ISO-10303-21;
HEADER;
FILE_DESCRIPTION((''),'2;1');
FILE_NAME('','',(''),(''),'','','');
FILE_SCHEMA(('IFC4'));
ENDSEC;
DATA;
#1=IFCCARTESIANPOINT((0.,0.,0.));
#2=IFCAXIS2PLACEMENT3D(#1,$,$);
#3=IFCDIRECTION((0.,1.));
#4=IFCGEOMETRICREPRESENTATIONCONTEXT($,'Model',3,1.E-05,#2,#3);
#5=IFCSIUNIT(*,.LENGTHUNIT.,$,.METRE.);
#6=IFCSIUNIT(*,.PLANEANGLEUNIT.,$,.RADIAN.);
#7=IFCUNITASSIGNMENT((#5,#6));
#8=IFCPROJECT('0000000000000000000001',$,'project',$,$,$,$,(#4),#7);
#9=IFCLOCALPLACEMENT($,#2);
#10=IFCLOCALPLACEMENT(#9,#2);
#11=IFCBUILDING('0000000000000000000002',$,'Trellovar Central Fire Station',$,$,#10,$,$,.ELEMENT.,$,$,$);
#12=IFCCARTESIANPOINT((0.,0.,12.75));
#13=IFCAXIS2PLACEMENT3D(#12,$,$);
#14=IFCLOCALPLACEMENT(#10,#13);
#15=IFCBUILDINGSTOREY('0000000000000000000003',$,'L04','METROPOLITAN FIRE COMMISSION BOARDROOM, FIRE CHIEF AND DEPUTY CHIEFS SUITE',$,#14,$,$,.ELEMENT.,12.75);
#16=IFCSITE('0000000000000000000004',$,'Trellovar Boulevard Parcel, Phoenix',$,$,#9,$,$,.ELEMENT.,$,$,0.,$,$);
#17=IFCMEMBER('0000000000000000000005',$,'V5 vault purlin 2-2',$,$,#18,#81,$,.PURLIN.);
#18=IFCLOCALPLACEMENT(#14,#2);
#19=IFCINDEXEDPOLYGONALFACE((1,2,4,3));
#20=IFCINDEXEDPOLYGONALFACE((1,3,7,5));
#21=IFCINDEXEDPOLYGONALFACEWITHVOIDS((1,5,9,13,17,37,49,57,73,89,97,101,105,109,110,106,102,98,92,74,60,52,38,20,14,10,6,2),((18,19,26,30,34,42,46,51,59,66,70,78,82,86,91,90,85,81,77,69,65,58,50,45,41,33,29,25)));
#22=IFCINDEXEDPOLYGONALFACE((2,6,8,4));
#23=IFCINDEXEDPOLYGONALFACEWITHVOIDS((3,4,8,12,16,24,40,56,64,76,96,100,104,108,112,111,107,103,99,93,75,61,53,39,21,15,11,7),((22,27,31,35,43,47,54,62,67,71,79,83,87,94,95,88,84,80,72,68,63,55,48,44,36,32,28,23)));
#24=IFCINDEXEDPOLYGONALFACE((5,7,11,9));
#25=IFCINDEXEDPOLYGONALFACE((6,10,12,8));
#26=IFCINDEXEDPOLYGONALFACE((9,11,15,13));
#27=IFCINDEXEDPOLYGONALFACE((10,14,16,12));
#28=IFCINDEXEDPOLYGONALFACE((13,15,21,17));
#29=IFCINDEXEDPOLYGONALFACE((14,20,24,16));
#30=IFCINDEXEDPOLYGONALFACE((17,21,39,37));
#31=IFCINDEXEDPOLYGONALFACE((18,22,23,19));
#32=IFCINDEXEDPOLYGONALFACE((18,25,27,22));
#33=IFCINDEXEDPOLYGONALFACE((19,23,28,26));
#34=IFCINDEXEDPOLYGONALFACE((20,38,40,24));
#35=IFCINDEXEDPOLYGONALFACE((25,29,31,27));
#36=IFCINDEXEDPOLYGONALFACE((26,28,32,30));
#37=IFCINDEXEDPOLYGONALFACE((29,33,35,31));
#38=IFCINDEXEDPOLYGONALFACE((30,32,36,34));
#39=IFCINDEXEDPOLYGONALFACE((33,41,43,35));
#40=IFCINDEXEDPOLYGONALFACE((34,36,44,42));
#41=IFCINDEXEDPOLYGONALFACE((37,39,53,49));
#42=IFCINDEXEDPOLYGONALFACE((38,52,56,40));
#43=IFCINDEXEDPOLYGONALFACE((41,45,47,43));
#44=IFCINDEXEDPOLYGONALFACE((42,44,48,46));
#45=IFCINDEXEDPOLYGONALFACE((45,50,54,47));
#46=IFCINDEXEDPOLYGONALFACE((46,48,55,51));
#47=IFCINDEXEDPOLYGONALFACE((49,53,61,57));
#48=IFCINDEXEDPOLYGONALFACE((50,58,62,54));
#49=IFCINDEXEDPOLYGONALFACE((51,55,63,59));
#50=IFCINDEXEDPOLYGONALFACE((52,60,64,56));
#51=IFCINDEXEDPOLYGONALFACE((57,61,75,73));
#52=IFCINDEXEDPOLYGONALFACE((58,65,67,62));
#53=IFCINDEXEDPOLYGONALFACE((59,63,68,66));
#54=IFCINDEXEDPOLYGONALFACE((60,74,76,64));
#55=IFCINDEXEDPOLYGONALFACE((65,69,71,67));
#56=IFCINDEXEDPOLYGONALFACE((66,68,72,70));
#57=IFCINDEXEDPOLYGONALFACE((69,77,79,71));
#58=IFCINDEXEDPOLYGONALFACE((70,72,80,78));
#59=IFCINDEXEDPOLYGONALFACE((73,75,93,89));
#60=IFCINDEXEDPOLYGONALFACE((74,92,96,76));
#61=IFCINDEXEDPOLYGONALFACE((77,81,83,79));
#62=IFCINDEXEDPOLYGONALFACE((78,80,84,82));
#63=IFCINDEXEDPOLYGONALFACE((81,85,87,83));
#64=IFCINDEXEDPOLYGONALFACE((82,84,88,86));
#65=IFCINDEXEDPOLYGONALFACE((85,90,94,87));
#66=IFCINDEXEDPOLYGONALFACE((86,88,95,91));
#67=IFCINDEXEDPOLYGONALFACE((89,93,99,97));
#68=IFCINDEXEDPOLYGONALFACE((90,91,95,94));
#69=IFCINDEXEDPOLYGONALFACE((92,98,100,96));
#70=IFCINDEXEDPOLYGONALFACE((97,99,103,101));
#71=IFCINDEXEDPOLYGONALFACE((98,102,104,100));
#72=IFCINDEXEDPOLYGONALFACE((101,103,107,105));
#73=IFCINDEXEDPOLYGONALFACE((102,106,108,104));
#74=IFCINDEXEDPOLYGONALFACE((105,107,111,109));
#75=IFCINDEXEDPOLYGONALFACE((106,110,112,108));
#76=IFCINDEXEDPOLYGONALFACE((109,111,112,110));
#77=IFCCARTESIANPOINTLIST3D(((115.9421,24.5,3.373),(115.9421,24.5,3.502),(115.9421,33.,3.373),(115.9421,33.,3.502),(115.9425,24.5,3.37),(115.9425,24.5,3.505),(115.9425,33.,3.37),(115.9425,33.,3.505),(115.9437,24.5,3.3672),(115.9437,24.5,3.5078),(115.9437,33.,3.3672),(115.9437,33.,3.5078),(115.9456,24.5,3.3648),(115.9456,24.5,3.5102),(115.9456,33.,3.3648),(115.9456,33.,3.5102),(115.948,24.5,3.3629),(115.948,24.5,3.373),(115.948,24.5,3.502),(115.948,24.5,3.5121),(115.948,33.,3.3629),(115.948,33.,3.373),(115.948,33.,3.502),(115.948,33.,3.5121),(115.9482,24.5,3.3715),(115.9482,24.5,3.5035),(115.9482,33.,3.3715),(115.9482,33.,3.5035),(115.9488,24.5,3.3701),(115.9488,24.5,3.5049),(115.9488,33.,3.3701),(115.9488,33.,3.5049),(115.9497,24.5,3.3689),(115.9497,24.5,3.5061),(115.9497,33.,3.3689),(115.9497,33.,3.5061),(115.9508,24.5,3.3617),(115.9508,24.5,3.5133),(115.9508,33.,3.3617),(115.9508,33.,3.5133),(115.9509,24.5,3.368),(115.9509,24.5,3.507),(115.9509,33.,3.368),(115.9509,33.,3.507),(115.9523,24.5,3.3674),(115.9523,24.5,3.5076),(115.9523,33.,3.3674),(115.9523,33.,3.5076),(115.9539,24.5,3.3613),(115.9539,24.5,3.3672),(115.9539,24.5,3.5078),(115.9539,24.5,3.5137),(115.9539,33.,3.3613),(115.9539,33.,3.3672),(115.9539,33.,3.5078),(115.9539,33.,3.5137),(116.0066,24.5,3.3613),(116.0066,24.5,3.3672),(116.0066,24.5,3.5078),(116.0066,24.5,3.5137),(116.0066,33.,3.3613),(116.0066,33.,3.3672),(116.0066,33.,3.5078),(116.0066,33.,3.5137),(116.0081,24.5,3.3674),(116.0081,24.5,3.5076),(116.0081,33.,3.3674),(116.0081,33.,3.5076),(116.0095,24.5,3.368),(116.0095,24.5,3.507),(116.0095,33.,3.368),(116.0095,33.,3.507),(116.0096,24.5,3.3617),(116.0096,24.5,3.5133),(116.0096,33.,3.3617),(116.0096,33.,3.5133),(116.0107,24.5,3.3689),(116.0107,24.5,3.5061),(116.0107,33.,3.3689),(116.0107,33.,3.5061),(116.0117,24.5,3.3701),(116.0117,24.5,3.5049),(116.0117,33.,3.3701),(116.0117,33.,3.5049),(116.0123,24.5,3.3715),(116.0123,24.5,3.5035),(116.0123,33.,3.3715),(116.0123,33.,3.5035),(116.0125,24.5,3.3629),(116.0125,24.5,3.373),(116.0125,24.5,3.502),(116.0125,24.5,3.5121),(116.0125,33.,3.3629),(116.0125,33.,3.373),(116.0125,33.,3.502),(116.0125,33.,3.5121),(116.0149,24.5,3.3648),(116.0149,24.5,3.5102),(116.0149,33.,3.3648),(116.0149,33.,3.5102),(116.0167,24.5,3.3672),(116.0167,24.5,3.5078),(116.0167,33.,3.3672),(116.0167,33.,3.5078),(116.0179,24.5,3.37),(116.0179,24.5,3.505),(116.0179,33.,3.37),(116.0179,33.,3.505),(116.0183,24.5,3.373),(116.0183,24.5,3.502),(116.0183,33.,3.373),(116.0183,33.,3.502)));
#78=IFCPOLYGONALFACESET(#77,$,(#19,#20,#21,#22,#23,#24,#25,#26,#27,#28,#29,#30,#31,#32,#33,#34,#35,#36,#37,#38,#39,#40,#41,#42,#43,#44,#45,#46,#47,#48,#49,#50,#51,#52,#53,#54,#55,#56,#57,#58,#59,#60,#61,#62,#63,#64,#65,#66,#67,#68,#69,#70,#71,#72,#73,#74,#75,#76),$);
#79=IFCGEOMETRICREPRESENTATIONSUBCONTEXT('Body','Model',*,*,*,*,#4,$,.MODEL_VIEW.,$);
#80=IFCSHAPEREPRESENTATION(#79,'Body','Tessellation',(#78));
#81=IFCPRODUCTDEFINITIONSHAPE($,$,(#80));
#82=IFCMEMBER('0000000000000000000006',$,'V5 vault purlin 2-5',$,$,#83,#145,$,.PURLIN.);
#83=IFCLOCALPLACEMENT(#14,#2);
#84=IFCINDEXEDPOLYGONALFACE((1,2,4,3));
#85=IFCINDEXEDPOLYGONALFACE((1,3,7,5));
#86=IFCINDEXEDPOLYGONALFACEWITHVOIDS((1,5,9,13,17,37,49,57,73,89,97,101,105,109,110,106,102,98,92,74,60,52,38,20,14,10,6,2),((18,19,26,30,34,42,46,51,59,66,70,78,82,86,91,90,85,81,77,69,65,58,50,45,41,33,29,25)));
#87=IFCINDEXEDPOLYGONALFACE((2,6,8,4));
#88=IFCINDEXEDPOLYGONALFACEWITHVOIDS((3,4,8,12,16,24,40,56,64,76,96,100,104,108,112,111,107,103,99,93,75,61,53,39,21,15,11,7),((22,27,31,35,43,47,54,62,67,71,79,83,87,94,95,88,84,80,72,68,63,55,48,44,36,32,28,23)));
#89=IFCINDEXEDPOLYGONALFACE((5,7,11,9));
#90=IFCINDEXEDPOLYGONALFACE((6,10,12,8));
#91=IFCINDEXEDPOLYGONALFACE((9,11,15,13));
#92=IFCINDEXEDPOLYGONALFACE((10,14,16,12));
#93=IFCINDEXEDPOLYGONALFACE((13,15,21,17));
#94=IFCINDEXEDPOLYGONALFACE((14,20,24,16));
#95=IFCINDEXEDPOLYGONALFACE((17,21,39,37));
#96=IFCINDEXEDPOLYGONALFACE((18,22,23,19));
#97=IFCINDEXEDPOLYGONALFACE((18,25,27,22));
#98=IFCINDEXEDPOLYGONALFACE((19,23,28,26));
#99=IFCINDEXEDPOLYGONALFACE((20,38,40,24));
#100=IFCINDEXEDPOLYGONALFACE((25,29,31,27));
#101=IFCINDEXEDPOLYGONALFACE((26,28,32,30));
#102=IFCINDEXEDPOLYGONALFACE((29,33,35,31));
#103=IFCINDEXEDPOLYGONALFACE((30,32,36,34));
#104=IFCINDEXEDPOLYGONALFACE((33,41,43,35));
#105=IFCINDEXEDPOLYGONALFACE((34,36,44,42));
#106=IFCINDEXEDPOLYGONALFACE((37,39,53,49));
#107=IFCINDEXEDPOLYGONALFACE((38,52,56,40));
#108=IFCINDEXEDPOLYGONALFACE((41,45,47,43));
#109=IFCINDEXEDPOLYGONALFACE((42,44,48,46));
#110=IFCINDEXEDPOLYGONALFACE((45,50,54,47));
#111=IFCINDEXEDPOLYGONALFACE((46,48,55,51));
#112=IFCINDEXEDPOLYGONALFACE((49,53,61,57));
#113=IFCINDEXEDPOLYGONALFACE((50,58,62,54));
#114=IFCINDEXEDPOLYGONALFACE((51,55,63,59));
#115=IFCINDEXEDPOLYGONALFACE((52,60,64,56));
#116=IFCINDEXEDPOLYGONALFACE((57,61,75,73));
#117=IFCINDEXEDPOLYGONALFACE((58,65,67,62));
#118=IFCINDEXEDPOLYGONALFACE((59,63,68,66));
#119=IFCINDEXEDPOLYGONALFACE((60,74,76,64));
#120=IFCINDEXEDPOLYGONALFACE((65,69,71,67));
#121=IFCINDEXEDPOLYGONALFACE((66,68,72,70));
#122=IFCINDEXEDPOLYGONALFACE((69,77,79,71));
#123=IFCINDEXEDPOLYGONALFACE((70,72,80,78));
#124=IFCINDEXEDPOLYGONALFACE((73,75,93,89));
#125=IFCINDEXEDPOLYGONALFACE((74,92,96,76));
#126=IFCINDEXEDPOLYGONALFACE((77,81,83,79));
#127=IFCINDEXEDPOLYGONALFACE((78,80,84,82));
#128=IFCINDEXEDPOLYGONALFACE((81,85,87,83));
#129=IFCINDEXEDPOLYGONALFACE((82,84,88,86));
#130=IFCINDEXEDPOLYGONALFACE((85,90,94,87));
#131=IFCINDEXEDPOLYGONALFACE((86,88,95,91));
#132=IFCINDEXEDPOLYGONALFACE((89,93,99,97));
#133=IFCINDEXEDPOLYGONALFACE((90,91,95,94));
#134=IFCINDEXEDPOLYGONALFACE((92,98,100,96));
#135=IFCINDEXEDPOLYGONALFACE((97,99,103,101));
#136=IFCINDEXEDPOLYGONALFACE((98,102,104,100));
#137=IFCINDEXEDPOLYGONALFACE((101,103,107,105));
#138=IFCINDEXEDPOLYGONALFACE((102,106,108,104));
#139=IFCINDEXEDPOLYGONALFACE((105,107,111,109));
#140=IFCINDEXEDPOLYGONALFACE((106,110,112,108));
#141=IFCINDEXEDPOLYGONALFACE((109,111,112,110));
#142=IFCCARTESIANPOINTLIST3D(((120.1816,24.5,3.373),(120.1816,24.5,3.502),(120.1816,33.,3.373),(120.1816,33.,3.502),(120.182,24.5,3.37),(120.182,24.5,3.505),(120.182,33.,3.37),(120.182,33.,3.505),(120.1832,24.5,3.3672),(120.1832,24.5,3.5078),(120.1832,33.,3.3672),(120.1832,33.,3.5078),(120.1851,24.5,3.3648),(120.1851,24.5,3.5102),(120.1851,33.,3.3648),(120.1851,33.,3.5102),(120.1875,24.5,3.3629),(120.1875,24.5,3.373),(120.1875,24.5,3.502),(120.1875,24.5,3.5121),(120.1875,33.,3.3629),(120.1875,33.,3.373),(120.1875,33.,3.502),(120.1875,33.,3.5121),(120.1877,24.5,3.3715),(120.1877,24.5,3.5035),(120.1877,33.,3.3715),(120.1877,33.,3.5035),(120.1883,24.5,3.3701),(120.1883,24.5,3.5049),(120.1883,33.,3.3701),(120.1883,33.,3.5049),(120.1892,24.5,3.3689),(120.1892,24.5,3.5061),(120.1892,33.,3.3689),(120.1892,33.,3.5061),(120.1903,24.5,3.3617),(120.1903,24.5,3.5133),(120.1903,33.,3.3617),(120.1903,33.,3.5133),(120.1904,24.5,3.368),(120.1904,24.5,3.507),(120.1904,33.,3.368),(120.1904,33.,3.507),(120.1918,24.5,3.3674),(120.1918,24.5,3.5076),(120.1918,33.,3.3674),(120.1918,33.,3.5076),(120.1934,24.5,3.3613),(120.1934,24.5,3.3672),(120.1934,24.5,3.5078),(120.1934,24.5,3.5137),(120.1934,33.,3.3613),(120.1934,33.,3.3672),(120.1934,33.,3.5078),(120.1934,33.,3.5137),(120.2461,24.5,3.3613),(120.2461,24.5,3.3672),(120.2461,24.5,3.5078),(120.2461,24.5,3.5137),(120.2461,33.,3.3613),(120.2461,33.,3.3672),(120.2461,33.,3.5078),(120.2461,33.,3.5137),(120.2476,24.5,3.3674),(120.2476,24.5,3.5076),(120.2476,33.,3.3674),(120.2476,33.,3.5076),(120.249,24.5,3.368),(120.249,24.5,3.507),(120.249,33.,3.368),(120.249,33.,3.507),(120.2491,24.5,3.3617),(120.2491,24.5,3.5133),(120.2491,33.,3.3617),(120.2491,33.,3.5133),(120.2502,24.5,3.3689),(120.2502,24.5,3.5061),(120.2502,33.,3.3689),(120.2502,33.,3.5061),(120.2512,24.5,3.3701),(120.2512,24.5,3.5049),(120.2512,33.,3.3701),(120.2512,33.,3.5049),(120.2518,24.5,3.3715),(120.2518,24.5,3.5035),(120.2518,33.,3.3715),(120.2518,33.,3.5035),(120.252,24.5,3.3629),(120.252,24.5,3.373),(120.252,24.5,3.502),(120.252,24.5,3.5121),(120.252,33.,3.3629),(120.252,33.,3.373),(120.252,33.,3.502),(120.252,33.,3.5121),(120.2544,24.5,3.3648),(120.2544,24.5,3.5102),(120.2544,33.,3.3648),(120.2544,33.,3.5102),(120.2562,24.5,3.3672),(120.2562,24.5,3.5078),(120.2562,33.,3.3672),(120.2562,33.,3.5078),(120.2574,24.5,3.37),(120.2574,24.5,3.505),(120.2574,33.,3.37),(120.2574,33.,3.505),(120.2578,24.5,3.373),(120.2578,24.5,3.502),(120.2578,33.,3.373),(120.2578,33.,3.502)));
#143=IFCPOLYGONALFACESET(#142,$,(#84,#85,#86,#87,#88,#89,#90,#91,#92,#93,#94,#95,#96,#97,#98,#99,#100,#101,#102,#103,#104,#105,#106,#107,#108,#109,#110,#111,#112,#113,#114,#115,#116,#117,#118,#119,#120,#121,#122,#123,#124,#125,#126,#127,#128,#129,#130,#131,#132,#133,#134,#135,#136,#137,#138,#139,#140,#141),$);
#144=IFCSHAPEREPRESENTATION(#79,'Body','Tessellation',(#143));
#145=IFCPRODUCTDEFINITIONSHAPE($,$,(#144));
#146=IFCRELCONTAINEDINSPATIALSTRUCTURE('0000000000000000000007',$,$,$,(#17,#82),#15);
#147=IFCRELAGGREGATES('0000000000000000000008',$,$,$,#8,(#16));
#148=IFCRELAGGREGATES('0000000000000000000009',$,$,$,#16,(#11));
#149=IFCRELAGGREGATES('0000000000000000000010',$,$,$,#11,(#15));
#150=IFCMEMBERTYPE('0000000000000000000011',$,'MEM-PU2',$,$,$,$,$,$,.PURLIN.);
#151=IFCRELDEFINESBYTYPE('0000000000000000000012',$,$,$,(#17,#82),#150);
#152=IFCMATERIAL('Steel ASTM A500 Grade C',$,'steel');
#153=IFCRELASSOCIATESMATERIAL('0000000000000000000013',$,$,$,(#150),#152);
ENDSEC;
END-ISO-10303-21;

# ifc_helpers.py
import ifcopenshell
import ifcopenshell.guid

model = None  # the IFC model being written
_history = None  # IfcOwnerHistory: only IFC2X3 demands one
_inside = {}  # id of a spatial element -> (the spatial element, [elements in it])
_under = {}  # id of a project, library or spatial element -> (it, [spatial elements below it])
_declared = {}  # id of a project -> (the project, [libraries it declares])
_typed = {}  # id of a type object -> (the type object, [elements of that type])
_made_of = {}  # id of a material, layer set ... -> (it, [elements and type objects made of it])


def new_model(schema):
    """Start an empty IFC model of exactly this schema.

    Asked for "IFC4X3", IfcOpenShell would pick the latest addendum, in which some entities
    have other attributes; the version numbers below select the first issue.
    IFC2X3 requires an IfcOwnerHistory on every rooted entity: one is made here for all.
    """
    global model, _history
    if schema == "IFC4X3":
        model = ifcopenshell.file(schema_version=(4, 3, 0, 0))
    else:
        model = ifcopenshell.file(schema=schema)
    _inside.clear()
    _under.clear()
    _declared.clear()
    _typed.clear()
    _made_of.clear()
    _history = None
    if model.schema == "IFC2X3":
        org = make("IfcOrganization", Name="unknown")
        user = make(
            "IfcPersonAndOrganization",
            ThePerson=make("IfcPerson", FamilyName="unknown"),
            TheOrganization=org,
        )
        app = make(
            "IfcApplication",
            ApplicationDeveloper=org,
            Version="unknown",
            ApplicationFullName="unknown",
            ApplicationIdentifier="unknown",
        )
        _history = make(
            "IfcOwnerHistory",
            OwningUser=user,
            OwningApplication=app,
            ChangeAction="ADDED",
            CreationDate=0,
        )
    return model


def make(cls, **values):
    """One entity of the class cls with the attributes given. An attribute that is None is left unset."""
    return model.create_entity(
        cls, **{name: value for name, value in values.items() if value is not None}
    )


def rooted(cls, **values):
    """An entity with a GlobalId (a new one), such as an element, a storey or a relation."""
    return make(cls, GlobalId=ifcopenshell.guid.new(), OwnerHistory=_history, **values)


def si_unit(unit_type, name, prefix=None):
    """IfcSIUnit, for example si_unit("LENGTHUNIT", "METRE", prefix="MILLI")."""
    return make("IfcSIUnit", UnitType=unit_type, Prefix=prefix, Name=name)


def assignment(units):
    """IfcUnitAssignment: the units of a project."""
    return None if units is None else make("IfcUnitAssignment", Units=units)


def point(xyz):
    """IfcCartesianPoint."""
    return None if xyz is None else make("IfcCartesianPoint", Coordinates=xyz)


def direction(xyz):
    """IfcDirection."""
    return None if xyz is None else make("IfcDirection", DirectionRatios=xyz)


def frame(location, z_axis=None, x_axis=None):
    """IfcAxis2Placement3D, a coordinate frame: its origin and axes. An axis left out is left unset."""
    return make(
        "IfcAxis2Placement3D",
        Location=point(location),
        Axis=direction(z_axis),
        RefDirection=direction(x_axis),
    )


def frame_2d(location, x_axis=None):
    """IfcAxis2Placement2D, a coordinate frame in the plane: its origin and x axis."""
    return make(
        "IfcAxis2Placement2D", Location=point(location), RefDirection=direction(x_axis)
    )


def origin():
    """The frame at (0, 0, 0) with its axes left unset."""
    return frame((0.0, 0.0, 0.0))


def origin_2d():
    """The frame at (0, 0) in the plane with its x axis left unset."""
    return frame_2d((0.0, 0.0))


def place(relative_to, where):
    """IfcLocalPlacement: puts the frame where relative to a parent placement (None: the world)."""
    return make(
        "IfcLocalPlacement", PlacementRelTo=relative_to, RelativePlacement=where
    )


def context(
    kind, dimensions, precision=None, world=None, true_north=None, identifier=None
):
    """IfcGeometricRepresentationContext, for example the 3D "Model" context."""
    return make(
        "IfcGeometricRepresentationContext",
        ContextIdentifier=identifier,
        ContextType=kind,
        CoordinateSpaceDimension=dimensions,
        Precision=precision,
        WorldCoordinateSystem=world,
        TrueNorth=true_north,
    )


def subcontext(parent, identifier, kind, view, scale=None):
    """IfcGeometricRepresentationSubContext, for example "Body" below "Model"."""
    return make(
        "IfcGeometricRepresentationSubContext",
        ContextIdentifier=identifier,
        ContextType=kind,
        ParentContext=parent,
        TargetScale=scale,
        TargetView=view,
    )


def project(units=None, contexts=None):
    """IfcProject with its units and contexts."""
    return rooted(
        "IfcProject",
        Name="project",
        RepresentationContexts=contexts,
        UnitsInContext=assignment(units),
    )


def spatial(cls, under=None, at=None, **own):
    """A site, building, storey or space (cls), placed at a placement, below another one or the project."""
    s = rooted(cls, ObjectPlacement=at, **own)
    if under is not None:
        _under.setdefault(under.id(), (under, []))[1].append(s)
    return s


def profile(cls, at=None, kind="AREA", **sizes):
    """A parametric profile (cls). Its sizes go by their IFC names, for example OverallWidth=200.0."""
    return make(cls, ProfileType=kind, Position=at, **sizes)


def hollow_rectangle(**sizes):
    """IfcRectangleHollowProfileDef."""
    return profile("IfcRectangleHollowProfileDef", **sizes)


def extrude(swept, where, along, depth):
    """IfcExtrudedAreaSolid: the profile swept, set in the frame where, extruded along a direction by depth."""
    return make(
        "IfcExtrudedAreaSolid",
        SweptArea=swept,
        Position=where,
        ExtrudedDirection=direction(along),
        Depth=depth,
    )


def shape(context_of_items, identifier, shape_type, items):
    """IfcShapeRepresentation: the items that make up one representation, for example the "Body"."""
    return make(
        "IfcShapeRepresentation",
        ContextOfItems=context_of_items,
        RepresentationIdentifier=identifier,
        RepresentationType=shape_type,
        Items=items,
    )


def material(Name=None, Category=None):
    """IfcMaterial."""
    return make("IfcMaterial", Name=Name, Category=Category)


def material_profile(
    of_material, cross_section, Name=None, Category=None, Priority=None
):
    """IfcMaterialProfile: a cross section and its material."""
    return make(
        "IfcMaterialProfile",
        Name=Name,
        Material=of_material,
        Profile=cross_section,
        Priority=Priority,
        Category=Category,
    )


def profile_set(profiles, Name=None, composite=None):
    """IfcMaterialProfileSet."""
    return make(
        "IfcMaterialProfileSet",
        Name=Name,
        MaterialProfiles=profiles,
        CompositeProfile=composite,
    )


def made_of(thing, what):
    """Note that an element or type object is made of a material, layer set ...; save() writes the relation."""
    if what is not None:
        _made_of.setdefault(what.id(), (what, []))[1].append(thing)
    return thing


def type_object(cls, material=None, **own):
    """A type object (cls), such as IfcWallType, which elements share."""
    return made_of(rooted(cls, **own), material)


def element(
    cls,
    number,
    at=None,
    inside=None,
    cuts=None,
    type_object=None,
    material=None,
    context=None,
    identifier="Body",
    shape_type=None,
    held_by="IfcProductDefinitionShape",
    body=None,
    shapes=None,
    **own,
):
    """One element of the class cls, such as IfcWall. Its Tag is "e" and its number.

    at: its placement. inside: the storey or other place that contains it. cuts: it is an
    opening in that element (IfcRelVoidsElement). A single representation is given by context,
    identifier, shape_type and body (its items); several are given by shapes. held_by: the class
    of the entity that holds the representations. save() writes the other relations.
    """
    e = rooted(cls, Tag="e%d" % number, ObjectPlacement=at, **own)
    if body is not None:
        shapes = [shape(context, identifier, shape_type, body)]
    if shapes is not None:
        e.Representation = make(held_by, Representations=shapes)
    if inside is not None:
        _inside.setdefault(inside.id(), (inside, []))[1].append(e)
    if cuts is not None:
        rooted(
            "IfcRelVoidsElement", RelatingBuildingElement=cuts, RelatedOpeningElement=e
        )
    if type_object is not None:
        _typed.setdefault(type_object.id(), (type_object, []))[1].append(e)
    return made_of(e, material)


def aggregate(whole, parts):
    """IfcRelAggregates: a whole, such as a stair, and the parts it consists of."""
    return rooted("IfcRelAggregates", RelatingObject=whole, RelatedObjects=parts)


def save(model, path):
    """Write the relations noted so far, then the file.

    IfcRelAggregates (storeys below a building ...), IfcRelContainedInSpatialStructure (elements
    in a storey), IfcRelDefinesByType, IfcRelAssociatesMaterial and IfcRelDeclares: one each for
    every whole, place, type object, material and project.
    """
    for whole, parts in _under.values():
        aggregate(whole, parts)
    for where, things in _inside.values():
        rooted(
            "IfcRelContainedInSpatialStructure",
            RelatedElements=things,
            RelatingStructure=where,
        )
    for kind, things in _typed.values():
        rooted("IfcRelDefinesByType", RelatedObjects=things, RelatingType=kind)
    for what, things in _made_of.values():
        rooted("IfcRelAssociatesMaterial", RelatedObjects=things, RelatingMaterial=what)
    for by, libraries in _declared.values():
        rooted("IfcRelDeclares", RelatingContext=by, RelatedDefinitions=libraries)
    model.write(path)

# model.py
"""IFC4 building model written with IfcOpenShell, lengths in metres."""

from ifc_helpers import new_model, si_unit, direction, frame, origin, origin_2d, place, context, subcontext, project, spatial, hollow_rectangle, extrude, material, material_profile, profile_set, type_object, element, save


model = new_model("IFC4")

# Units and contexts
model_context = context("Model", 3, precision=1e-05, world=origin(), true_north=direction((0.0, 1.0)))
body_context = subcontext(model_context, "Body", "Model", "MODEL_VIEW")
ifc_project = project(units=[si_unit("LENGTHUNIT", "METRE"), si_unit("PLANEANGLEUNIT", "RADIAN")], contexts=[model_context])

# Site, building, storey
site_placement = place(None, origin())
site = spatial("IfcSite", under=ifc_project, at=site_placement, Name="Trellovar Boulevard Parcel, Phoenix", CompositionType="ELEMENT", RefElevation=0.0)
building_placement = place(site_placement, origin())
building = spatial("IfcBuilding", under=site, at=building_placement, Name="Trellovar Central Fire Station", CompositionType="ELEMENT")
storey_placement = place(building_placement, frame((0.0, 0.0, 12.75)))
storey = spatial("IfcBuildingStorey", under=building, at=storey_placement, Name="L04", Description="METROPOLITAN FIRE COMMISSION BOARDROOM, FIRE CHIEF AND DEPUTY CHIEFS SUITE", CompositionType="ELEMENT", Elevation=12.75)

# Members
ifc_material_1 = material(Name="Steel ASTM A500 Grade C", Category="steel")
ifc_material_profile_1 = material_profile(ifc_material_1, hollow_rectangle(XDim=0.0762, YDim=0.1523, WallThickness=0.0059, InnerFilletRadius=0.0059, OuterFilletRadius=0.0117, at=origin_2d()), Name="HSS6X3X1/4")
ifc_profile_set_1 = profile_set([ifc_material_profile_1], Name="Steel ASTM A500 Grade C")
member_type_1 = type_object("IfcMemberType", Name="MEM-PU2", PredefinedType="PURLIN", material=ifc_profile_set_1)
for number, where, z_axis, x_axis, name in (
    (1, (115.9802, 24.5, 3.4375), (0.0, 1.0, 0.0), (-1.0, 0.0, 0.0), "V5 vault purlin 2-2"),
    (2, (120.2197, 24.5, 3.4375), (0.0, 1.0, 0.0), (-1.0, 0.0, 0.0), "V5 vault purlin 2-5"),
):
    element("IfcMember", number, at=place(storey_placement, frame(where, z_axis=z_axis, x_axis=x_axis)), inside=storey, type_object=member_type_1, Name=name, PredefinedType="PURLIN", context=body_context, shape_type="SweptSolid", body=[
        extrude(hollow_rectangle(XDim=0.0762, YDim=0.1523, WallThickness=0.0059, InnerFilletRadius=0.0059, OuterFilletRadius=0.0117, at=origin_2d()), origin(), (0.0, 0.0, 1.0), 8.5),
    ])

save(model, "model.ifc")
